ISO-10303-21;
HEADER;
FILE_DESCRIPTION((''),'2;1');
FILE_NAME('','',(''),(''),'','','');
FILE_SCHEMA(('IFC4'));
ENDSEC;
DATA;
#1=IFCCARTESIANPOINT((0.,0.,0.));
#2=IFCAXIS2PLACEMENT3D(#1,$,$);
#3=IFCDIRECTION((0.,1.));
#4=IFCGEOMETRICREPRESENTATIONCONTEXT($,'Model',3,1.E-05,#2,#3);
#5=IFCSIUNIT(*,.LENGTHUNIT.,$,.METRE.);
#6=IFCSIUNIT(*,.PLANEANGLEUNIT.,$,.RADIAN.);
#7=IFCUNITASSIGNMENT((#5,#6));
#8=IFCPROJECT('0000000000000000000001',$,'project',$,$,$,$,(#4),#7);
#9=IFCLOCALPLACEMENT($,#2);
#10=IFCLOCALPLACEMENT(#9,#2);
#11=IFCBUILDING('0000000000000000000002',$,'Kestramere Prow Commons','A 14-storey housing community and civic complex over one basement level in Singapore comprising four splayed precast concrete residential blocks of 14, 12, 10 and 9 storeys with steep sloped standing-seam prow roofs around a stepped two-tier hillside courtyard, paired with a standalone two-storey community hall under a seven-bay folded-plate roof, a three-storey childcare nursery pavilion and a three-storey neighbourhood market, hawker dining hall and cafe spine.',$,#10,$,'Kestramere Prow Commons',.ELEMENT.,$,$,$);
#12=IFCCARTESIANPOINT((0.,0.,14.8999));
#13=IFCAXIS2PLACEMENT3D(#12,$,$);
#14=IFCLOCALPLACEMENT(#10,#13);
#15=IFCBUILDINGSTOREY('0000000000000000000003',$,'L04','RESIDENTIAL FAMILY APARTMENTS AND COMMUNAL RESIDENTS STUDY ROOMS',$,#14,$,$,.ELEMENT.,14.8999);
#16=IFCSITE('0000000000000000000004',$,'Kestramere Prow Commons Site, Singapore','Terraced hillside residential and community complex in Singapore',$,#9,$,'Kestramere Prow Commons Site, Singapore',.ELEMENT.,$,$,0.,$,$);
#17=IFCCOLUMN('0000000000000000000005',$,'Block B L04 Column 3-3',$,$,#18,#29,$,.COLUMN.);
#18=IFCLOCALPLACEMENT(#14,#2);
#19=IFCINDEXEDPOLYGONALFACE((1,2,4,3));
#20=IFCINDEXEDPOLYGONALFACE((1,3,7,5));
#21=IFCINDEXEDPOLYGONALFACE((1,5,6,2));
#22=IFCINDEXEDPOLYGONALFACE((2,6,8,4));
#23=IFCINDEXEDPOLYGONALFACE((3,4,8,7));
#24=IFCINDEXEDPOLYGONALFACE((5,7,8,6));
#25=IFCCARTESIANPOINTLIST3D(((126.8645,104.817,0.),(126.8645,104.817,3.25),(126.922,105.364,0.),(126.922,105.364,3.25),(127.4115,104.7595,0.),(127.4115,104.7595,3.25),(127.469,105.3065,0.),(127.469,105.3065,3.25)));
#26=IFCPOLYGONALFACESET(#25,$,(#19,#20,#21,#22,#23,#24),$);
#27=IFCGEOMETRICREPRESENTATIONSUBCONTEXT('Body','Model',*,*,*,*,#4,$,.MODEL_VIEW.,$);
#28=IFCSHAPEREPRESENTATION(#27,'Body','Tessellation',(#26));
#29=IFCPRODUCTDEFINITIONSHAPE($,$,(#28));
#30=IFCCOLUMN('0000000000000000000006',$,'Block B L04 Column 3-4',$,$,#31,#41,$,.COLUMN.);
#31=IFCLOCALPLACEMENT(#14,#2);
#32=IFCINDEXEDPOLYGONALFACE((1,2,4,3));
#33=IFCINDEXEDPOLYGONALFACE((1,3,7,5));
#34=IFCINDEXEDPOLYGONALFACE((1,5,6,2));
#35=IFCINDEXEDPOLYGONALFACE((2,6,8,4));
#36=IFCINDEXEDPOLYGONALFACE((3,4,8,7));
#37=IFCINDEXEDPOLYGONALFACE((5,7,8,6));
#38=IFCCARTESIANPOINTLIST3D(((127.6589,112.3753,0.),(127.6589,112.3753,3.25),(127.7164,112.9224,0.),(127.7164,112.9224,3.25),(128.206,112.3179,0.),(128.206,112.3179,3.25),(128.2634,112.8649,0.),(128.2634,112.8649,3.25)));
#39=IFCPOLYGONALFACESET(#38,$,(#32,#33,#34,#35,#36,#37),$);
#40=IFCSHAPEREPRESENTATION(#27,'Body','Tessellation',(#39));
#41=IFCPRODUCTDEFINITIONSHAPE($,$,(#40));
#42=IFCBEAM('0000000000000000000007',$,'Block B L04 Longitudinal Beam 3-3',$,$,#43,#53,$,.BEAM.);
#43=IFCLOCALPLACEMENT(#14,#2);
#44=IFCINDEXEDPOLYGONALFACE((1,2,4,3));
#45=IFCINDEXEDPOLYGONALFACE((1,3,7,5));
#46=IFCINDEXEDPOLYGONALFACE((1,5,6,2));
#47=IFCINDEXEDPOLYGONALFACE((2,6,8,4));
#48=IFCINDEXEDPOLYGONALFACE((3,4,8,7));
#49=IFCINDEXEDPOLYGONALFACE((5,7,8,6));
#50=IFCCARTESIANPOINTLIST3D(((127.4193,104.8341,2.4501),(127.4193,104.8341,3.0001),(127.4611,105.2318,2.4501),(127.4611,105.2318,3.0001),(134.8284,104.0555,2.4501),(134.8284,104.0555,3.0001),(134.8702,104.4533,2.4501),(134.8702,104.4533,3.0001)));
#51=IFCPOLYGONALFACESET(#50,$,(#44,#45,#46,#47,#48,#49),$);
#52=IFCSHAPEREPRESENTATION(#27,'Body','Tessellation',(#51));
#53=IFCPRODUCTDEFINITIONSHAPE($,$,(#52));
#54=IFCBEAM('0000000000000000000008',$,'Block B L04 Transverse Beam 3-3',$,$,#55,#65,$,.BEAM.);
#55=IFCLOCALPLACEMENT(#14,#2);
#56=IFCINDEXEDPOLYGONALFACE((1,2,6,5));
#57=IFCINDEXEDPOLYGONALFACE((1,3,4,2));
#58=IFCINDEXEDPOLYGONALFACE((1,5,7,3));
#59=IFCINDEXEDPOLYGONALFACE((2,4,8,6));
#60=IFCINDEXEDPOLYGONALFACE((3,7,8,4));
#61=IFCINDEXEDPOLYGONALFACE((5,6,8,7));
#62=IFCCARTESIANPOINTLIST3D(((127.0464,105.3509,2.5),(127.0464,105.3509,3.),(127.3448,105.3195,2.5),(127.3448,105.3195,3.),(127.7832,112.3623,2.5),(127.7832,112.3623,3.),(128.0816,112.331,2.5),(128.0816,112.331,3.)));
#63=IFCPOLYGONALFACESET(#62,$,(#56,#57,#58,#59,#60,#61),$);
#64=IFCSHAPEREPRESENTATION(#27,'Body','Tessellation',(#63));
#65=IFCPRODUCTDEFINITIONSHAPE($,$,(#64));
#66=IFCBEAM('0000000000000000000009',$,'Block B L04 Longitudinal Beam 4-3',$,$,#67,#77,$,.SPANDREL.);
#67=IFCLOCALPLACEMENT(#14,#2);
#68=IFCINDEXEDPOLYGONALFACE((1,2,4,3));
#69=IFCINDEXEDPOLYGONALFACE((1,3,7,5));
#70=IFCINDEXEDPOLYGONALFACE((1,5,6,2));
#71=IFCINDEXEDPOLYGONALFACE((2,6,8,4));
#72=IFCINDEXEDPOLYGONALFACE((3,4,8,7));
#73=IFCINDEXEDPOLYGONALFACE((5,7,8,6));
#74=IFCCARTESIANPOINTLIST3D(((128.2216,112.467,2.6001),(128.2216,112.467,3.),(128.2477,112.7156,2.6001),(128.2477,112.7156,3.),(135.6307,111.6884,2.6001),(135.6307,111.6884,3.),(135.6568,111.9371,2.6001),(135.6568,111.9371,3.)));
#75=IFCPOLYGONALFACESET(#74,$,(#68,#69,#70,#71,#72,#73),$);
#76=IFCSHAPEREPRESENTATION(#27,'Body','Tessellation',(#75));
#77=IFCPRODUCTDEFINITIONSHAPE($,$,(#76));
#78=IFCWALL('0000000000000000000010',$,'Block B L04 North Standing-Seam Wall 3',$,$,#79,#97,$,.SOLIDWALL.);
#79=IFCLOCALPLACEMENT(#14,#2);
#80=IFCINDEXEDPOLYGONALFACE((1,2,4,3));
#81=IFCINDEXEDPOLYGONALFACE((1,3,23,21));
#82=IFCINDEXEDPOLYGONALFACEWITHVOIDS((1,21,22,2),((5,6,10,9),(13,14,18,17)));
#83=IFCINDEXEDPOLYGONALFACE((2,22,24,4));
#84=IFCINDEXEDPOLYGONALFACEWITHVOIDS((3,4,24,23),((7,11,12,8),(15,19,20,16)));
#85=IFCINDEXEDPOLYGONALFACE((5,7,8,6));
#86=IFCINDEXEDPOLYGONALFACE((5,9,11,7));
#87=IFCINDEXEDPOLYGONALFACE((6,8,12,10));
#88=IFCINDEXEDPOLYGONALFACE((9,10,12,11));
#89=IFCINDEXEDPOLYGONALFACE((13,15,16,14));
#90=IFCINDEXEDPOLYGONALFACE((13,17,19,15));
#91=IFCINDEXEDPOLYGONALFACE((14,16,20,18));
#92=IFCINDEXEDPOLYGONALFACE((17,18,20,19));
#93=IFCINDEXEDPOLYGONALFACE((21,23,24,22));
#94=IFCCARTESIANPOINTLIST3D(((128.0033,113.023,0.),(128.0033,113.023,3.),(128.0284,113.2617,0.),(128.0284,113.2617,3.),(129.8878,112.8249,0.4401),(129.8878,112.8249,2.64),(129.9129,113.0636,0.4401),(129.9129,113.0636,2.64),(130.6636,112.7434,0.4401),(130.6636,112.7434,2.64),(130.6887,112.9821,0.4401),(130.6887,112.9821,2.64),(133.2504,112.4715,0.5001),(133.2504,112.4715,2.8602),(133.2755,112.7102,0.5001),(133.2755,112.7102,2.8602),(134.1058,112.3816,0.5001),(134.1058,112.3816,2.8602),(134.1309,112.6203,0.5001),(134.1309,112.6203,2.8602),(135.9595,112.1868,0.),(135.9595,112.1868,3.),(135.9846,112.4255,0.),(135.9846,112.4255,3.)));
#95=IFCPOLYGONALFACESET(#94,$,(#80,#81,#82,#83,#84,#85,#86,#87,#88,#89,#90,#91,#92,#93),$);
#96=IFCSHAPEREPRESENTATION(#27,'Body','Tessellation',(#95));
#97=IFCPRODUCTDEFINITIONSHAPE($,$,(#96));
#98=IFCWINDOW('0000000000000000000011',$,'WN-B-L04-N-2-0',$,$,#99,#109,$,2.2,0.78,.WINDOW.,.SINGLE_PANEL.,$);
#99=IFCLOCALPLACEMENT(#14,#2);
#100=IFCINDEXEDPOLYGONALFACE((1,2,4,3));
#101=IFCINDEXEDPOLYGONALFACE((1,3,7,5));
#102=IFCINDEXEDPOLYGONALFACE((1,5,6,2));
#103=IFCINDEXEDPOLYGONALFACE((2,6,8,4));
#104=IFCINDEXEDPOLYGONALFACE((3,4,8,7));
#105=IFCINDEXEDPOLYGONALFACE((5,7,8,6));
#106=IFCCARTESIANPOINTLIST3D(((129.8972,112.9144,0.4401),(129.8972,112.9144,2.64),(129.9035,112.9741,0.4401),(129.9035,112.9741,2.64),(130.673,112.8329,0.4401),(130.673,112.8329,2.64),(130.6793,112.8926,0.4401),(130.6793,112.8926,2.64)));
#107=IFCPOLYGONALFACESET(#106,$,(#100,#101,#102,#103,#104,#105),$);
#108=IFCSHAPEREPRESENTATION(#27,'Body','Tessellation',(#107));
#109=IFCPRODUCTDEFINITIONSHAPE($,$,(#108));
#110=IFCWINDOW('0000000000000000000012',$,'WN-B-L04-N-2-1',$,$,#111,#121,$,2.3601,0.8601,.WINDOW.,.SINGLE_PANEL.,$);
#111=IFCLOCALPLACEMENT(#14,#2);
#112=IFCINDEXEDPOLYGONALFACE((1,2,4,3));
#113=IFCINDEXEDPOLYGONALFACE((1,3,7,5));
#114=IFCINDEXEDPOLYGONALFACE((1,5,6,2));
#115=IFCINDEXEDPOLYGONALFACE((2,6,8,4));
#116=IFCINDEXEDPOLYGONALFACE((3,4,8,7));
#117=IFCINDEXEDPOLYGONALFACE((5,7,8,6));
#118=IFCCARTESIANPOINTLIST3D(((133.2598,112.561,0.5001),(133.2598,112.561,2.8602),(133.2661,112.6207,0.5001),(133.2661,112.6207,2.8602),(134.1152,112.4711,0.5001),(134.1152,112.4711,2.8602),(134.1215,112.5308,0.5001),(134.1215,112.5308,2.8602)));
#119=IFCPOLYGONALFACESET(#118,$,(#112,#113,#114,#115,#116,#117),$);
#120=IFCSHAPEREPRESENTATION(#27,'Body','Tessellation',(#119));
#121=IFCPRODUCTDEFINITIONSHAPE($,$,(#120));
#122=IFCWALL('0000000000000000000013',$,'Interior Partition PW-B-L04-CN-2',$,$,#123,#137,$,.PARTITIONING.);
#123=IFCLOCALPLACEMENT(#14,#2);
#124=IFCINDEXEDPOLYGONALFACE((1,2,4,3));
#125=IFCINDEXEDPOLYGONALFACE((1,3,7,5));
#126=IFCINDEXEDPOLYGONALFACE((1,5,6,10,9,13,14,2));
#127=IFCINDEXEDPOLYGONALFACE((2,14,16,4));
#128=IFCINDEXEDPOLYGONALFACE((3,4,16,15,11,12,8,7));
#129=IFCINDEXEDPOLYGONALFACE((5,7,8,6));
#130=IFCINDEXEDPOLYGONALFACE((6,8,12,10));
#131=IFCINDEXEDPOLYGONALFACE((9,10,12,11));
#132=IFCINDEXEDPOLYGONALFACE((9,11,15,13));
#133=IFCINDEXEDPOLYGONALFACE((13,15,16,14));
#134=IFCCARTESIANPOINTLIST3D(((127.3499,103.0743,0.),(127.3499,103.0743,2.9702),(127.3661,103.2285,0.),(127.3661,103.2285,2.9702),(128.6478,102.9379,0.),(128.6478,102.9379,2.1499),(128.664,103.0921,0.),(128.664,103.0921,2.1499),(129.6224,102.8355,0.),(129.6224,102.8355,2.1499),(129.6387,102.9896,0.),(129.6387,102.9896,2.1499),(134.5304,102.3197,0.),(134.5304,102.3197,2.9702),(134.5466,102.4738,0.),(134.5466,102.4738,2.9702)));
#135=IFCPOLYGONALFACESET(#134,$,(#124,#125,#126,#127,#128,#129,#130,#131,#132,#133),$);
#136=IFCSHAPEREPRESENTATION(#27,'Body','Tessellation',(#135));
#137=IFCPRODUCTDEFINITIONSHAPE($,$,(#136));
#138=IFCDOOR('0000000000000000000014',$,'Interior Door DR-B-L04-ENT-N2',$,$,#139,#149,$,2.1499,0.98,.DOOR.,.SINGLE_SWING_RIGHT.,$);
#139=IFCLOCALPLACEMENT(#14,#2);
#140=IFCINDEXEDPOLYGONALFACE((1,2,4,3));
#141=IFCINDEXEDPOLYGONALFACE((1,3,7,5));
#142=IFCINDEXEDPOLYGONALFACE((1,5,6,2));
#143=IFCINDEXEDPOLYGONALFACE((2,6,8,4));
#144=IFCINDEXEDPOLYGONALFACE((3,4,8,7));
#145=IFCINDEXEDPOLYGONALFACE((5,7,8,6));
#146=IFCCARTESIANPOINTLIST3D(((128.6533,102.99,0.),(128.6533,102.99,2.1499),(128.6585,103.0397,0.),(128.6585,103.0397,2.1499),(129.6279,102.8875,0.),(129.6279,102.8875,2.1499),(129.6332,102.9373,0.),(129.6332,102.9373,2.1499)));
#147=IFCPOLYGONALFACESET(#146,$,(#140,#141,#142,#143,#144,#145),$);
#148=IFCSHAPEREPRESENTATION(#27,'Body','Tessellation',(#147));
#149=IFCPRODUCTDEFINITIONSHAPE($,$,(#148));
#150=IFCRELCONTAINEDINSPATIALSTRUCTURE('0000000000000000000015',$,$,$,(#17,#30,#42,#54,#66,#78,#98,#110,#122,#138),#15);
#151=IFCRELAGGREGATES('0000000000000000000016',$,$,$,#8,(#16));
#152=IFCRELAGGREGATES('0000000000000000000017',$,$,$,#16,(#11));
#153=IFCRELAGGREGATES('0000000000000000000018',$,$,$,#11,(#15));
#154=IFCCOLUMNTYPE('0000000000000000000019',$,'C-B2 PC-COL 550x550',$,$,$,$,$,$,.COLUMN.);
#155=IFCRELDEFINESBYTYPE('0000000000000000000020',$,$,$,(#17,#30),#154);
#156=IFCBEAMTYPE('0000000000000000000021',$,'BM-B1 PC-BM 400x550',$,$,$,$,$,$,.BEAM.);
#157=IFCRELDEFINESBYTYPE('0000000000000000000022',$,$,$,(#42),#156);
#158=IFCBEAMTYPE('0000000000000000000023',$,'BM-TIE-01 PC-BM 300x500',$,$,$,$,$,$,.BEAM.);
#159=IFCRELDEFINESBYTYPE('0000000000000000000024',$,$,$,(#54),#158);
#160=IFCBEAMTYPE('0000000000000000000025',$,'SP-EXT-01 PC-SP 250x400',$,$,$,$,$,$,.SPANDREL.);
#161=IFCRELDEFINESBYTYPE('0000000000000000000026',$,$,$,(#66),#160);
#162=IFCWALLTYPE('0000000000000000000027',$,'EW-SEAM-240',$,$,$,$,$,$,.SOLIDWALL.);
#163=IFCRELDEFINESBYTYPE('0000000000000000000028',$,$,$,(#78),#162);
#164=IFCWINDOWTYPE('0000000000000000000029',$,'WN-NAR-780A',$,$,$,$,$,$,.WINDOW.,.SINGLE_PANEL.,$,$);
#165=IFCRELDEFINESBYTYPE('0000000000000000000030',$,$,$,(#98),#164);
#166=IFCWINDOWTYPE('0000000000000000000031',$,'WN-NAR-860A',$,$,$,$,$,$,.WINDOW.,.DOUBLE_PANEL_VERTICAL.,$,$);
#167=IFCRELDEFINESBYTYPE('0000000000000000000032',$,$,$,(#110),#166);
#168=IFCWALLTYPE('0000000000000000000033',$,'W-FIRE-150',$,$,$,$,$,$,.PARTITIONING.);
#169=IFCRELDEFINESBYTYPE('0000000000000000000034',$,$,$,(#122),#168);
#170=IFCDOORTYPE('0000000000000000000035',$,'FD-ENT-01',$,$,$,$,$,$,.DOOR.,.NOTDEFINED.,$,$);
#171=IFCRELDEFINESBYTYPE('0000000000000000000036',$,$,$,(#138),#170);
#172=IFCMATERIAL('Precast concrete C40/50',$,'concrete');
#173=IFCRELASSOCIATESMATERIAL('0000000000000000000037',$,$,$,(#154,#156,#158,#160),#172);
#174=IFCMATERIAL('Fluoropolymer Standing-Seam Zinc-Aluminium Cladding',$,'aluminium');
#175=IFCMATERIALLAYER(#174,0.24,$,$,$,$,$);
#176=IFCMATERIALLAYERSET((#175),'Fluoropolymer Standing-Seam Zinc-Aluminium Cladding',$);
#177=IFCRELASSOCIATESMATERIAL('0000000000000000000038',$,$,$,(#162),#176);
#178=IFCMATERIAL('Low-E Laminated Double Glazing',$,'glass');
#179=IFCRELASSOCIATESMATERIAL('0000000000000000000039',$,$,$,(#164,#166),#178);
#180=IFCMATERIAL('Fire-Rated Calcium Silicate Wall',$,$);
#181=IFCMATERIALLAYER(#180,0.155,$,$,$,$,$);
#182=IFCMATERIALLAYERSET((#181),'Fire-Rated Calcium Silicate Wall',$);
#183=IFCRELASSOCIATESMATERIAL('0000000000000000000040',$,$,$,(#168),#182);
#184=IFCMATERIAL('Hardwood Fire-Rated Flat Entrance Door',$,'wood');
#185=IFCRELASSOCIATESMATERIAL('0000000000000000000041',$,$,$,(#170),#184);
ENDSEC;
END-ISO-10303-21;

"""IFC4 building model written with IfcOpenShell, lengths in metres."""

from ifc_helpers import new_model, si_unit, direction, frame, frame_2d, origin, origin_2d, place, context, subcontext, project, spatial, rectangle, extrude, material, layer, layer_set, material_profile, profile_set, type_object, element, fill, save


model = new_model("IFC4")

# Units and contexts
model_context = context("Model", 3, precision=1e-05, world=origin(), true_north=direction((0.0, 1.0)))
body_context = subcontext(model_context, "Body", "Model", "MODEL_VIEW")
ifc_project = project(units=[si_unit("LENGTHUNIT", "METRE"), si_unit("PLANEANGLEUNIT", "RADIAN")], contexts=[model_context])

# Site, building, storey
site_placement = place(None, origin())
site = spatial("IfcSite", under=ifc_project, at=site_placement, Name="Kestramere Prow Commons Site, Singapore", Description="Terraced hillside residential and community complex in Singapore", LongName="Kestramere Prow Commons Site, Singapore", CompositionType="ELEMENT", RefElevation=0.0)
building_placement = place(site_placement, origin())
building = spatial("IfcBuilding", under=site, at=building_placement, Name="Kestramere Prow Commons", Description="A 14-storey housing community and civic complex over one basement level in Singapore comprising four splayed precast concrete residential blocks of 14, 12, 10 and 9 storeys with steep sloped standing-seam prow roofs around a stepped two-tier hillside courtyard, paired with a standalone two-storey community hall under a seven-bay folded-plate roof, a three-storey childcare nursery pavilion and a three-storey neighbourhood market, hawker dining hall and cafe spine.", LongName="Kestramere Prow Commons", CompositionType="ELEMENT")
storey_placement = place(building_placement, frame((0.0, 0.0, 14.8999)))
storey = spatial("IfcBuildingStorey", under=building, at=storey_placement, Name="L04", Description="RESIDENTIAL FAMILY APARTMENTS AND COMMUNAL RESIDENTS STUDY ROOMS", CompositionType="ELEMENT", Elevation=14.8999)

# Columns
ifc_material_1 = material(Name="Precast concrete C40/50", Category="concrete")
ifc_material_profile_1 = material_profile(ifc_material_1, rectangle(XDim=0.55, YDim=0.55, at=origin_2d()), Name="PC-COL 550x550")
ifc_profile_set_1 = profile_set([ifc_material_profile_1], Name="Precast concrete C40/50")
column_type = type_object("IfcColumnType", Name="C-B2 PC-COL 550x550", PredefinedType="COLUMN", material=ifc_profile_set_1)
for number, where, z_axis, x_axis, name in (
    (1, (127.1667, 105.0618, 0.0), (0.0, 0.0, 1.0), (0.994522, -0.104528, 0.0), "Block B L04 Column 3-3"),
    (2, (127.9612, 112.6201, 0.0), (0.0, 0.0, 1.0), (0.994522, -0.104528, 0.0), "Block B L04 Column 3-4"),
):
    element("IfcColumn", number, at=place(storey_placement, frame(where, z_axis=z_axis, x_axis=x_axis)), inside=storey, type_object=column_type, Name=name, PredefinedType="COLUMN", context=body_context, shape_type="SweptSolid", body=[
        extrude(rectangle(XDim=0.55, YDim=0.55, at=origin_2d()), origin(), (0.0, 0.0, 1.0), 3.25),
    ])

# Beams
ifc_material_profile_2 = material_profile(ifc_material_1, rectangle(XDim=0.3999, YDim=0.55, at=origin_2d()), Name="PC-BM 400x550")
ifc_profile_set_2 = profile_set([ifc_material_profile_2], Name="Precast concrete C40/50")
beam_type_1 = type_object("IfcBeamType", Name="BM-B1 PC-BM 400x550", PredefinedType="BEAM", material=ifc_profile_set_2)
beam_1_placement = place(storey_placement, frame((127.4402, 105.033, 2.7251), z_axis=(0.994524, -0.104506, 0.0), x_axis=(0.104506, 0.994524, 0.0)))
element("IfcBeam", 3, at=beam_1_placement, inside=storey, type_object=beam_type_1, Name="Block B L04 Longitudinal Beam 3-3", PredefinedType="BEAM", context=body_context, shape_type="SweptSolid", body=[
    extrude(rectangle(XDim=0.3999, YDim=0.55, at=origin_2d()), origin(), (0.0, 0.0, 1.0), 7.45),
])
ifc_material_profile_3 = material_profile(ifc_material_1, rectangle(XDim=0.3, YDim=0.5, at=origin_2d()), Name="PC-BM 300x500")
ifc_profile_set_3 = profile_set([ifc_material_profile_3], Name="Precast concrete C40/50")
beam_type_2 = type_object("IfcBeamType", Name="BM-TIE-01 PC-BM 300x500", PredefinedType="BEAM", material=ifc_profile_set_3)
beam_2_placement = place(storey_placement, frame((127.1956, 105.3352, 2.75), z_axis=(0.104512, 0.994524, 0.0), x_axis=(-0.994524, 0.104512, 0.0)))
element("IfcBeam", 4, at=beam_2_placement, inside=storey, type_object=beam_type_2, Name="Block B L04 Transverse Beam 3-3", PredefinedType="BEAM", context=body_context, shape_type="SweptSolid", body=[
    extrude(rectangle(XDim=0.3, YDim=0.5, at=origin_2d()), origin(), (0.0, 0.0, 1.0), 7.05),
])
ifc_material_profile_4 = material_profile(ifc_material_1, rectangle(XDim=0.25, YDim=0.3999, at=origin_2d()), Name="PC-SP 250x400")
ifc_profile_set_4 = profile_set([ifc_material_profile_4], Name="Precast concrete C40/50")
beam_type_3 = type_object("IfcBeamType", Name="SP-EXT-01 PC-SP 250x400", PredefinedType="SPANDREL", material=ifc_profile_set_4)
beam_3_placement = place(storey_placement, frame((128.2346, 112.5913, 2.8), z_axis=(0.994524, -0.104506, 0.0), x_axis=(0.104506, 0.994524, 0.0)))
element("IfcBeam", 5, at=beam_3_placement, inside=storey, type_object=beam_type_3, Name="Block B L04 Longitudinal Beam 4-3", PredefinedType="SPANDREL", context=body_context, shape_type="SweptSolid", body=[
    extrude(rectangle(XDim=0.25, YDim=0.3999, at=origin_2d()), origin(), (0.0, 0.0, 1.0), 7.45),
])

# Wall, openings, windows
ifc_material_2 = material(Name="Fluoropolymer Standing-Seam Zinc-Aluminium Cladding", Category="aluminium")
ifc_layer_1 = layer(ifc_material_2, 0.24)
ifc_layer_set_1 = layer_set([ifc_layer_1], Name="Fluoropolymer Standing-Seam Zinc-Aluminium Cladding")
wall_type_1 = type_object("IfcWallType", Name="EW-SEAM-240", PredefinedType="SOLIDWALL", material=ifc_layer_set_1)
wall_1_placement = place(storey_placement, frame((128.0159, 113.1423, 0.0), z_axis=(0.0, 0.0, 1.0), x_axis=(0.994523, -0.104521, 0.0)))
wall_1 = element("IfcWall", 6, at=wall_1_placement, inside=storey, type_object=wall_type_1, Name="Block B L04 North Standing-Seam Wall 3", PredefinedType="SOLIDWALL", context=body_context, shape_type="SweptSolid", body=[
    extrude(rectangle(XDim=8.0, YDim=0.24, at=frame_2d((4.0, 0.0))), origin(), (0.0, 0.0, 1.0), 3.0),
])
opening_1_placement = place(wall_1_placement, frame((1.8948, 0.0, 0.4399)))
opening_1 = element("IfcOpeningElement", 7, at=opening_1_placement, cuts=wall_1, PredefinedType="OPENING", context=body_context, shape_type="SweptSolid", body=[
    extrude(rectangle(XDim=0.78, YDim=2.2, at=frame_2d((0.3901, 1.1001))), frame((0.0, 0.135, 0.0), z_axis=(0.0, -1.0, 0.0), x_axis=(1.0, 0.0, 0.0)), (0.0, 0.0, 1.0), 0.27),
])
opening_2_placement = place(wall_1_placement, frame((5.2759, 0.0, 0.5)))
opening_2 = element("IfcOpeningElement", 8, at=opening_2_placement, cuts=wall_1, PredefinedType="OPENING", context=body_context, shape_type="SweptSolid", body=[
    extrude(rectangle(XDim=0.8601, YDim=2.3601, at=frame_2d((0.4302, 1.1802))), frame((0.0, 0.135, 0.0), z_axis=(0.0, -1.0, 0.0), x_axis=(1.0, 0.0, 0.0)), (0.0, 0.0, 1.0), 0.27),
])
ifc_material_3 = material(Name="Low-E Laminated Double Glazing", Category="glass")
window_type_1 = type_object("IfcWindowType", Name="WN-NAR-780A", PartitioningType="SINGLE_PANEL", PredefinedType="WINDOW", material=ifc_material_3)
window_1_placement = place(opening_1_placement, origin())
window_1 = element("IfcWindow", 9, at=window_1_placement, inside=storey, type_object=window_type_1, Name="WN-B-L04-N-2-0", OverallHeight=2.2, OverallWidth=0.78, PartitioningType="SINGLE_PANEL", PredefinedType="WINDOW", context=body_context, shape_type="SweptSolid", body=[
    extrude(rectangle(XDim=0.78, YDim=2.2, at=frame_2d((0.3901, 1.1001))), frame((0.0, 0.03, 0.0), z_axis=(0.0, -1.0, 0.0), x_axis=(1.0, 0.0, 0.0)), (0.0, 0.0, 1.0), 0.0601),
])
fill(opening_1, window_1)
window_type_2 = type_object("IfcWindowType", Name="WN-NAR-860A", PartitioningType="DOUBLE_PANEL_VERTICAL", PredefinedType="WINDOW", material=ifc_material_3)
window_2_placement = place(opening_2_placement, origin())
window_2 = element("IfcWindow", 10, at=window_2_placement, inside=storey, type_object=window_type_2, Name="WN-B-L04-N-2-1", OverallHeight=2.3601, OverallWidth=0.8601, PartitioningType="SINGLE_PANEL", PredefinedType="WINDOW", context=body_context, shape_type="SweptSolid", body=[
    extrude(rectangle(XDim=0.8601, YDim=2.3601, at=frame_2d((0.4302, 1.1802))), frame((0.0, 0.03, 0.0), z_axis=(0.0, -1.0, 0.0), x_axis=(1.0, 0.0, 0.0)), (0.0, 0.0, 1.0), 0.0601),
])
fill(opening_2, window_2)

# Wall, opening, door
ifc_material_4 = material(Name="Fire-Rated Calcium Silicate Wall")
ifc_layer_2 = layer(ifc_material_4, 0.155)
ifc_layer_set_2 = layer_set([ifc_layer_2], Name="Fire-Rated Calcium Silicate Wall")
wall_type_2 = type_object("IfcWallType", Name="W-FIRE-150", PredefinedType="PARTITIONING", material=ifc_layer_set_2)
wall_2_placement = place(storey_placement, frame((127.3582, 103.1514, 0.0), z_axis=(0.0, 0.0, 1.0), x_axis=(0.994523, -0.104521, 0.0)))
wall_2 = element("IfcWall", 11, at=wall_2_placement, inside=storey, type_object=wall_type_2, Name="Interior Partition PW-B-L04-CN-2", PredefinedType="PARTITIONING", context=body_context, shape_type="SweptSolid", body=[
    extrude(rectangle(XDim=7.22, YDim=0.155, at=frame_2d((3.6099, 0.0))), origin(), (0.0, 0.0, 1.0), 2.9702),
])
opening_3_placement = place(wall_2_placement, frame((1.3049, 0.0, 0.0)))
opening_3 = element("IfcOpeningElement", 12, at=opening_3_placement, cuts=wall_2, PredefinedType="OPENING", context=body_context, shape_type="SweptSolid", body=[
    extrude(rectangle(XDim=0.98, YDim=2.1499, at=frame_2d((0.49, 1.075))), frame((0.0, 0.0925, 0.0), z_axis=(0.0, -1.0, 0.0), x_axis=(1.0, 0.0, 0.0)), (0.0, 0.0, 1.0), 0.1851),
])
ifc_material_5 = material(Name="Hardwood Fire-Rated Flat Entrance Door", Category="wood")
door_type_1 = type_object("IfcDoorType", Name="FD-ENT-01", OperationType="NOTDEFINED", PredefinedType="DOOR", material=ifc_material_5)
door_1_placement = place(opening_3_placement, origin())
door_1 = element("IfcDoor", 13, at=door_1_placement, inside=storey, type_object=door_type_1, Name="Interior Door DR-B-L04-ENT-N2", OperationType="SINGLE_SWING_RIGHT", OverallHeight=2.1499, OverallWidth=0.98, PredefinedType="DOOR", context=body_context, shape_type="SweptSolid", body=[
    extrude(rectangle(XDim=0.98, YDim=2.1499, at=frame_2d((0.49, 1.075))), frame((0.0, 0.0249, 0.0), z_axis=(0.0, -1.0, 0.0), x_axis=(1.0, 0.0, 0.0)), (0.0, 0.0, 1.0), 0.05),
])
fill(opening_3, door_1)

save(model, "model.ifc")
